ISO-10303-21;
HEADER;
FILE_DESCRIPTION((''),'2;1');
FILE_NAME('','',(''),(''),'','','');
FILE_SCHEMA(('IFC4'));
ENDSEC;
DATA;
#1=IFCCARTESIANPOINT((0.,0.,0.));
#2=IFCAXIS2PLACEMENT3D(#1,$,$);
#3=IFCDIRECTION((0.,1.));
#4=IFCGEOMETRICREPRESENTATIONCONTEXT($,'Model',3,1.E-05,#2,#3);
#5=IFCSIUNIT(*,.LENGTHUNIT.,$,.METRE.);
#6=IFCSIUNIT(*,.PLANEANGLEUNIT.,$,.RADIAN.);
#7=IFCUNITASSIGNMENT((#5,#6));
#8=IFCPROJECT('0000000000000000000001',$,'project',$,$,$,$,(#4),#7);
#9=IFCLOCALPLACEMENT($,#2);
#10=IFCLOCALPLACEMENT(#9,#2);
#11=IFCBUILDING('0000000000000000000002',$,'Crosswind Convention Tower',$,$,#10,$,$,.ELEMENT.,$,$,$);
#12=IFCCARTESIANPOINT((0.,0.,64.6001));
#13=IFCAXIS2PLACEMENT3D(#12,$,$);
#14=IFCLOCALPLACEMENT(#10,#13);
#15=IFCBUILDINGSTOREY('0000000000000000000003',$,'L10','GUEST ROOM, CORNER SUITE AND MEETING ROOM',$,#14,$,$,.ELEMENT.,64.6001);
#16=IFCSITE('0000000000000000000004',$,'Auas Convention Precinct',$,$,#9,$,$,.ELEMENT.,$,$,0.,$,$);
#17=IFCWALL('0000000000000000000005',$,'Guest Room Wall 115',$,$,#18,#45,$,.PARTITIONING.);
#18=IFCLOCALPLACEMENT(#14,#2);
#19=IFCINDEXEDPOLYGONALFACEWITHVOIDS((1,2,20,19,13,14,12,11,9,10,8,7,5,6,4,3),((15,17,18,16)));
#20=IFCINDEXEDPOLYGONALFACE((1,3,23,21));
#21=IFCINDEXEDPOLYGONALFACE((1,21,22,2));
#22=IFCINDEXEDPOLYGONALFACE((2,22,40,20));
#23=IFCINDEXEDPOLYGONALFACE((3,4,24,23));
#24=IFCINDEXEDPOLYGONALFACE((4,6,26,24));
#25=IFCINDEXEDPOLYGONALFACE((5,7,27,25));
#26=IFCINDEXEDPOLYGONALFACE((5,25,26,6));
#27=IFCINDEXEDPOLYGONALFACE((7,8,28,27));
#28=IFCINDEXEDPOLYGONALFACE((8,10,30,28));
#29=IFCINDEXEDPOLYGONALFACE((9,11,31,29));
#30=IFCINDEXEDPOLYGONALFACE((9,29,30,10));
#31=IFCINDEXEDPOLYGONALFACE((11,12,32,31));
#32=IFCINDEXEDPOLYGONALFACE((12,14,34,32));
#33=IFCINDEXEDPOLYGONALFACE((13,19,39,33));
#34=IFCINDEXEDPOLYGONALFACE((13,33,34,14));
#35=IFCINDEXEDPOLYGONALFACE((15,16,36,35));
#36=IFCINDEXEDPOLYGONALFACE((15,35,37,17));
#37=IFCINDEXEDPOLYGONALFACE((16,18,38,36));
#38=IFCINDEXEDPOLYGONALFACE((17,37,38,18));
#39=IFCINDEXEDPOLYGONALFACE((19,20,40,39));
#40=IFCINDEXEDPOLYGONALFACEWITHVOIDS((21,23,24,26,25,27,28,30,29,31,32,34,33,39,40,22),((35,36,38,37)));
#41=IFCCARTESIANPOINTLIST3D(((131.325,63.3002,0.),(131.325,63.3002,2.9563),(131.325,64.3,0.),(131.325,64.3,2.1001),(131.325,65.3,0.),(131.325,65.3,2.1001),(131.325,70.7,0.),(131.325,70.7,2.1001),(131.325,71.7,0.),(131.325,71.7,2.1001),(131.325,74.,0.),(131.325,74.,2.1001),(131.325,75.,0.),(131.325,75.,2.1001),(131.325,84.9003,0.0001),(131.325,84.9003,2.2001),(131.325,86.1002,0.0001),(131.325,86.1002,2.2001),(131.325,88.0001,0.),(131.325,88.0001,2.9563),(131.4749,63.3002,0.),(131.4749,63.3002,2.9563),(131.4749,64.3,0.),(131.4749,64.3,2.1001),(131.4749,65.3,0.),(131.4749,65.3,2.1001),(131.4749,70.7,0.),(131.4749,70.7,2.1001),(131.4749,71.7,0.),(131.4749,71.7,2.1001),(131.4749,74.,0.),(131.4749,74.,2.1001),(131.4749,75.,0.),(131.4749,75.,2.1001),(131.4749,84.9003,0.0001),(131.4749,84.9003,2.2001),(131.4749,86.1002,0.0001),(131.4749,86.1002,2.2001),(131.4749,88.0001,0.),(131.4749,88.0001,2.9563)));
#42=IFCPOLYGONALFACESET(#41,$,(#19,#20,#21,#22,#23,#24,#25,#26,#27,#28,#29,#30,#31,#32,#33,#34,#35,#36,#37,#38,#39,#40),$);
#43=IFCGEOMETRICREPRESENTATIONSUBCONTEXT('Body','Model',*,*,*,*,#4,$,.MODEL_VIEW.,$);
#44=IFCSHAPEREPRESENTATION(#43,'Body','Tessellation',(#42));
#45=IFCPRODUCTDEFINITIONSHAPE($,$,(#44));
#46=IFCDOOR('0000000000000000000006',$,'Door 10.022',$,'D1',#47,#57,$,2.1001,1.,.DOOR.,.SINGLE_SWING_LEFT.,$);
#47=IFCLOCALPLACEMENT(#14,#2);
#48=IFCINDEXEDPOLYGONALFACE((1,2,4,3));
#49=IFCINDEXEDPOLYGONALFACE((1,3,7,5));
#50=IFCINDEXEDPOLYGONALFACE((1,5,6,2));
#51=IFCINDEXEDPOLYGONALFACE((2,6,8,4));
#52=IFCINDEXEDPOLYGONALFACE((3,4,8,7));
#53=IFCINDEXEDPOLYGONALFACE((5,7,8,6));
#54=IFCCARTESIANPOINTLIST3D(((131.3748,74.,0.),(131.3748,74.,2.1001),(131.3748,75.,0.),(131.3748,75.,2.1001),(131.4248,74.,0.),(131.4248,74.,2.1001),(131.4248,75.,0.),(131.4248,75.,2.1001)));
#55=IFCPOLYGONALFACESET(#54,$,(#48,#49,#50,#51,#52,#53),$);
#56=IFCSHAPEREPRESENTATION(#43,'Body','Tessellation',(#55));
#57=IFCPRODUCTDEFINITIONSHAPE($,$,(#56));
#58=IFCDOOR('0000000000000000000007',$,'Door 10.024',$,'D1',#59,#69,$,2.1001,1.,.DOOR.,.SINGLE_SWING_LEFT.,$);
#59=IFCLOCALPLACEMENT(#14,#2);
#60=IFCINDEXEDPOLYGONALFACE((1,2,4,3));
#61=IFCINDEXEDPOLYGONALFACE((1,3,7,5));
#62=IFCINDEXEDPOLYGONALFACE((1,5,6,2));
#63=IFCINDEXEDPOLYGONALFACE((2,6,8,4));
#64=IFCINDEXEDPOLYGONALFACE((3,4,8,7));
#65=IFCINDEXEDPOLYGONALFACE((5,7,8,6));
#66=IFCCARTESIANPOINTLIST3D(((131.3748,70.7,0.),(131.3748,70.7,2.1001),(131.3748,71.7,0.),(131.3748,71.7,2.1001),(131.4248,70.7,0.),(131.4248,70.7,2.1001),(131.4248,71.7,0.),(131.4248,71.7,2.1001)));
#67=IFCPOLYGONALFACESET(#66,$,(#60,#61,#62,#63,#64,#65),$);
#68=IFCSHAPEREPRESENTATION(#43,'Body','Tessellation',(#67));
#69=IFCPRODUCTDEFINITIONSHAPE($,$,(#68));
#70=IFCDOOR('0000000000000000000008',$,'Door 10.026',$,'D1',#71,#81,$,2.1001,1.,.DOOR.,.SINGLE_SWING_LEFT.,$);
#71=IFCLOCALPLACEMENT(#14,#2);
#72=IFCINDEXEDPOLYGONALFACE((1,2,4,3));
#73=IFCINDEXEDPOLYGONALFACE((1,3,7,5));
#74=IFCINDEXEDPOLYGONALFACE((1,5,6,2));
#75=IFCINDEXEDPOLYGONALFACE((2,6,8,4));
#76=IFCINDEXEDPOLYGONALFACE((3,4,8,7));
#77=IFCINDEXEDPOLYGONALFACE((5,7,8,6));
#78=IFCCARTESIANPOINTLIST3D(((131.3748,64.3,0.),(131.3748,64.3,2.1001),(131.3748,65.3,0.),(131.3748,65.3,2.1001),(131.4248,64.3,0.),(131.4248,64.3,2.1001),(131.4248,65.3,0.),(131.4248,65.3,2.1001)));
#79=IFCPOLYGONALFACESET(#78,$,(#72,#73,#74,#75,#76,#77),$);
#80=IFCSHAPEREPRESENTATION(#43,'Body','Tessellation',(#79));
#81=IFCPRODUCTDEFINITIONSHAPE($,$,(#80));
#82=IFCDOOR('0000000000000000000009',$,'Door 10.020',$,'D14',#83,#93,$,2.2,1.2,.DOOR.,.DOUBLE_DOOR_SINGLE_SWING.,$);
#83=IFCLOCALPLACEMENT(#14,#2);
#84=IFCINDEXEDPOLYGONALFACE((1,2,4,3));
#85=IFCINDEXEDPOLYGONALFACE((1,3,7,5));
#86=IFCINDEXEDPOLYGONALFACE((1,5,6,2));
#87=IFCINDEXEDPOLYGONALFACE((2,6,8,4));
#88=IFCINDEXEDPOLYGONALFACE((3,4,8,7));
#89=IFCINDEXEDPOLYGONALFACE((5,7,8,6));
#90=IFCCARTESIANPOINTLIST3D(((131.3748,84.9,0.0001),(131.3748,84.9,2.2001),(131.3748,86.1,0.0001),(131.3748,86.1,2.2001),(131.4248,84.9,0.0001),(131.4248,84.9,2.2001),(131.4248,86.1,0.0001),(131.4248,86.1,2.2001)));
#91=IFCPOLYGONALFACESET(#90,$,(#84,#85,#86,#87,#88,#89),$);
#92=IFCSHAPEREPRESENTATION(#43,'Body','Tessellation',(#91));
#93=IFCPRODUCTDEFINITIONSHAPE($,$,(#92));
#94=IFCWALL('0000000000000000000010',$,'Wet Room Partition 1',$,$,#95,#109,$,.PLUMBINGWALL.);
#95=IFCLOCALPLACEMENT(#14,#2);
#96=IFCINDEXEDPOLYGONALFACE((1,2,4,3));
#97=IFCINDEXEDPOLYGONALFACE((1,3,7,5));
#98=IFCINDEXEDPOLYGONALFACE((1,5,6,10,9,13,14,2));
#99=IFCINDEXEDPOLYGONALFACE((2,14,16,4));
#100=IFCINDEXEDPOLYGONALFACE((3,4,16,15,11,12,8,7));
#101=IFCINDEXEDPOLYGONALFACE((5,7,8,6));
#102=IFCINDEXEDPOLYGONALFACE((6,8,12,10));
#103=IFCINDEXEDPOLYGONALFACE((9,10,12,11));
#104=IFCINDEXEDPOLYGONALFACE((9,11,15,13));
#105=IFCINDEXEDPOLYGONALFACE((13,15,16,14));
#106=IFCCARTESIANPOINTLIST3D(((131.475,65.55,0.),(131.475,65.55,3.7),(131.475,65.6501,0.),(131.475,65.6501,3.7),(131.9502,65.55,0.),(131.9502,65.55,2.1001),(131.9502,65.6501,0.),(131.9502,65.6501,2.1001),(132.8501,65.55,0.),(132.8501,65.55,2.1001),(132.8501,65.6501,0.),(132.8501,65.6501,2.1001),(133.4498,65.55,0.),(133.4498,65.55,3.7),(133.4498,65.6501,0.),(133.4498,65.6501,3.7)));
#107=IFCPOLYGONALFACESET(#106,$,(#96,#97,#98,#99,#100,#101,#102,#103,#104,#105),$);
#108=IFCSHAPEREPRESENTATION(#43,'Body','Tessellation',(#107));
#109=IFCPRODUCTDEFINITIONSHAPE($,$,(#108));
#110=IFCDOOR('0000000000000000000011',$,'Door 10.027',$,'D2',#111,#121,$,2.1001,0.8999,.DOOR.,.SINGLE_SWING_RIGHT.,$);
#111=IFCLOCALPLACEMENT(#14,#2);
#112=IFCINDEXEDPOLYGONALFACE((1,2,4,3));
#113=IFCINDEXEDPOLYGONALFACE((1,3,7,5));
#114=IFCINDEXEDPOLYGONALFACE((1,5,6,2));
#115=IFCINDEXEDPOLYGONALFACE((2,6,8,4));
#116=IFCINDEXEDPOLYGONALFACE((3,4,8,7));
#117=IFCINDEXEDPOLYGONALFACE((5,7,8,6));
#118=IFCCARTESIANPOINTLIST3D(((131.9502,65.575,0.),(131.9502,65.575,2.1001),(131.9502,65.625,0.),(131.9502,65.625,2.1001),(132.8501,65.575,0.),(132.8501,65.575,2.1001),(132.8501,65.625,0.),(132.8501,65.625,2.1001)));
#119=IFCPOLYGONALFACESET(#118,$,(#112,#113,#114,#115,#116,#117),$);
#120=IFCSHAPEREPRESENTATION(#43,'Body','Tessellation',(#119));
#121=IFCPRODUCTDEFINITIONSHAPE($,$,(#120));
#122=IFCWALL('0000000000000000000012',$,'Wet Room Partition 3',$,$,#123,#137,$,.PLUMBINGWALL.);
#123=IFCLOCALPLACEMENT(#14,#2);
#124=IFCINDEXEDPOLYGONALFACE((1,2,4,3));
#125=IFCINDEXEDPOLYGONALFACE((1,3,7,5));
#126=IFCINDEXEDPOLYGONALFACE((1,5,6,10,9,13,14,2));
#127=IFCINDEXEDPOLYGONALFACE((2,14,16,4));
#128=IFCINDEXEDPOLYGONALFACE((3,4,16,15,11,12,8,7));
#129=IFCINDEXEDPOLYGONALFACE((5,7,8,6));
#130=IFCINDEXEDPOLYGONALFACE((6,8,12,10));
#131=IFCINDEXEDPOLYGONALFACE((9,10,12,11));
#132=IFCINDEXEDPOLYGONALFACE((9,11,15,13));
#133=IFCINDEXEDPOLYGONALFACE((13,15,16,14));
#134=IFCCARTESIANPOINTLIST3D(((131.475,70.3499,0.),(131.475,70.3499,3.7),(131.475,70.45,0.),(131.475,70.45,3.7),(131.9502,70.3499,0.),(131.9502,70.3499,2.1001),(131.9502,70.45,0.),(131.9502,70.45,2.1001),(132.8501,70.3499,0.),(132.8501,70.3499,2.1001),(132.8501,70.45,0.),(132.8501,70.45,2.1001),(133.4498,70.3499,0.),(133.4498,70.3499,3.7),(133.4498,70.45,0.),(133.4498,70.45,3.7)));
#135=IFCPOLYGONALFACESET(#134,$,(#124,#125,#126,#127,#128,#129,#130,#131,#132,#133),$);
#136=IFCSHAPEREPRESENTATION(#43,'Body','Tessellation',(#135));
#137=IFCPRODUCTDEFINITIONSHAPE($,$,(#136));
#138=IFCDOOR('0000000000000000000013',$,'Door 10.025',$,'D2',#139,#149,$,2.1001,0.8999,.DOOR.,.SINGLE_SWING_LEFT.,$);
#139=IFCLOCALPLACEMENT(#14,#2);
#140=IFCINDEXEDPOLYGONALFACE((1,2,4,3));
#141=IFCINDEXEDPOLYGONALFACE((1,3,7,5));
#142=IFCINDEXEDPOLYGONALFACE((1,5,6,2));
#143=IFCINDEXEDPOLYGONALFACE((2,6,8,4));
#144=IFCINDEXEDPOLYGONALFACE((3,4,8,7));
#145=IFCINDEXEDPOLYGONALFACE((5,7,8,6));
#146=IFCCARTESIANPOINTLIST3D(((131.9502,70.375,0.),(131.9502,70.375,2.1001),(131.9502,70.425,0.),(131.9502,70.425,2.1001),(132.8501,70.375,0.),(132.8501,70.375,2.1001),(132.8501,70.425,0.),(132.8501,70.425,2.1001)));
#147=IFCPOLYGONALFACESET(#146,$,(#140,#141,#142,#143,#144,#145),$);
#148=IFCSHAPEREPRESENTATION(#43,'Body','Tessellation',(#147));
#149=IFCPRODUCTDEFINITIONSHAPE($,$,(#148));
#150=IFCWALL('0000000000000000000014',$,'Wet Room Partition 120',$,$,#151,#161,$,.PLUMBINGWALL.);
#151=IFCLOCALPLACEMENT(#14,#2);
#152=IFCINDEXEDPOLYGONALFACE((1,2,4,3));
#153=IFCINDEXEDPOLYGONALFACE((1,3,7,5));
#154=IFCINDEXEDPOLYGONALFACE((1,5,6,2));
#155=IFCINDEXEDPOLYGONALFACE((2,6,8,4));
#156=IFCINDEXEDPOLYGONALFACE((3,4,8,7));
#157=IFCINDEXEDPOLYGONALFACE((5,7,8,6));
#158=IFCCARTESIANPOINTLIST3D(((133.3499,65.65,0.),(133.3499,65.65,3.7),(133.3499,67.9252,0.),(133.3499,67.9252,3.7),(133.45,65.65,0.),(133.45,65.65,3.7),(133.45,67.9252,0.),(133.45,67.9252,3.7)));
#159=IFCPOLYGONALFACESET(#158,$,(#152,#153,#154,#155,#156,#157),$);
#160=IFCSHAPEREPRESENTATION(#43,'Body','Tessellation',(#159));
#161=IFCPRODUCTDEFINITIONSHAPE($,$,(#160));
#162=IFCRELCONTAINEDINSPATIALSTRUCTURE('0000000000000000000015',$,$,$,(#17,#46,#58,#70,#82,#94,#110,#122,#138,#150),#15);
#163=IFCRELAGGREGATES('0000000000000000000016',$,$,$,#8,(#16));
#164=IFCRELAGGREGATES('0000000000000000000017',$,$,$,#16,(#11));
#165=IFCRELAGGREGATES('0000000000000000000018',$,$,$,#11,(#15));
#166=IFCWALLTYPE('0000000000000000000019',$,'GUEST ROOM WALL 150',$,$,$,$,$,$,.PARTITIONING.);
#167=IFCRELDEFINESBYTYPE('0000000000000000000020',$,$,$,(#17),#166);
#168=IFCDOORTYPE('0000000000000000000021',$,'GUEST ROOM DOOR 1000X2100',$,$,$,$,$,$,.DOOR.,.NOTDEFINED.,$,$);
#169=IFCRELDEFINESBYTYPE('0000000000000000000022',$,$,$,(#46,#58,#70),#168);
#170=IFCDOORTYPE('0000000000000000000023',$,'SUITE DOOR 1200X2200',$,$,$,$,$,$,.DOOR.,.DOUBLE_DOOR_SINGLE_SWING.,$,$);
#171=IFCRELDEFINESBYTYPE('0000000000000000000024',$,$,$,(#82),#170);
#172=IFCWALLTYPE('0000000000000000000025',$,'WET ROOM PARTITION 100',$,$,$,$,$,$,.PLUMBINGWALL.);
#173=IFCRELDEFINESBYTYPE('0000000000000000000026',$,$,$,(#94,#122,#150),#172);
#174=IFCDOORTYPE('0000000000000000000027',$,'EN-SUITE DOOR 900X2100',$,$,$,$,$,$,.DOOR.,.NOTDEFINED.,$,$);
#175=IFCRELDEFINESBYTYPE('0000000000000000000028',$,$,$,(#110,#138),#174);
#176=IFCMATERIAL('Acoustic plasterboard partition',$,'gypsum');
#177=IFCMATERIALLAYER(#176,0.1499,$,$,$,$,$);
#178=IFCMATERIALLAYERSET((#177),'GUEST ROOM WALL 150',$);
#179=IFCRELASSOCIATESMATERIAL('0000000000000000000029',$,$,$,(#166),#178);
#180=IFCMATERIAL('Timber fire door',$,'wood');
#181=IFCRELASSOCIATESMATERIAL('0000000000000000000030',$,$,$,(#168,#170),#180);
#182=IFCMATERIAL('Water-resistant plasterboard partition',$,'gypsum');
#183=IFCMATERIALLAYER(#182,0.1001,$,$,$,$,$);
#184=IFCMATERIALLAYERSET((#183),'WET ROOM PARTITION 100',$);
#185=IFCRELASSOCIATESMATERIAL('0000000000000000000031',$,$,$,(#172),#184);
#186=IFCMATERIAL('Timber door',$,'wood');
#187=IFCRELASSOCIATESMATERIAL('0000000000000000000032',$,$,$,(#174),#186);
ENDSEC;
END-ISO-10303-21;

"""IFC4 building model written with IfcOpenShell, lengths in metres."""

from ifc_helpers import new_model, si_unit, direction, frame, frame_2d, origin, place, context, subcontext, project, spatial, rectangle, extrude, material, layer, layer_set, type_object, element, fill, save


model = new_model("IFC4")

# Units and contexts
model_context = context("Model", 3, precision=1e-05, world=origin(), true_north=direction((0.0, 1.0)))
body_context = subcontext(model_context, "Body", "Model", "MODEL_VIEW")
ifc_project = project(units=[si_unit("LENGTHUNIT", "METRE"), si_unit("PLANEANGLEUNIT", "RADIAN")], contexts=[model_context])

# Site, building, storey
site_placement = place(None, origin())
site = spatial("IfcSite", under=ifc_project, at=site_placement, Name="Auas Convention Precinct", CompositionType="ELEMENT", RefElevation=0.0)
building_placement = place(site_placement, origin())
building = spatial("IfcBuilding", under=site, at=building_placement, Name="Crosswind Convention Tower", CompositionType="ELEMENT")
storey_placement = place(building_placement, frame((0.0, 0.0, 64.6001)))
storey = spatial("IfcBuildingStorey", under=building, at=storey_placement, Name="L10", Description="GUEST ROOM, CORNER SUITE AND MEETING ROOM", CompositionType="ELEMENT", Elevation=64.6001)

# Shared definitions
ifc_material_1 = material(Name="Acoustic plasterboard partition", Category="gypsum")
ifc_layer_1 = layer(ifc_material_1, 0.1499)
ifc_layer_set_1 = layer_set([ifc_layer_1], Name="GUEST ROOM WALL 150")
wall_type_1 = type_object("IfcWallType", Name="GUEST ROOM WALL 150", PredefinedType="PARTITIONING", material=ifc_layer_set_1)

# Wall, openings, doors
wall_1_placement = place(storey_placement, frame((131.3999, 63.3, 0.0), z_axis=(0.0, 0.0, 1.0), x_axis=(0.0, 1.0, 0.0)))
wall_1 = element("IfcWall", 1, at=wall_1_placement, inside=storey, type_object=wall_type_1, Name="Guest Room Wall 115", PredefinedType="PARTITIONING", context=body_context, shape_type="SweptSolid", body=[
    extrude(rectangle(XDim=24.7, YDim=0.1499, at=frame_2d((12.3501, 0.0))), origin(), (0.0, 0.0, 1.0), 2.9563),
])
opening_1_placement = place(wall_1_placement, frame((21.6001, 0.0, 0.0)))
opening_1 = element("IfcOpeningElement", 2, at=opening_1_placement, cuts=wall_1, PredefinedType="OPENING", context=body_context, shape_type="SweptSolid", body=[
    extrude(rectangle(XDim=1.2, YDim=2.2, at=frame_2d((0.6001, 1.1001))), frame((0.0, 0.085, 0.0), z_axis=(0.0, -1.0, 0.0), x_axis=(1.0, 0.0, 0.0)), (0.0, 0.0, 1.0), 0.1699),
])
opening_2_placement = place(wall_1_placement, frame((10.7, 0.0, 0.0)))
opening_2 = element("IfcOpeningElement", 3, at=opening_2_placement, cuts=wall_1, PredefinedType="OPENING", context=body_context, shape_type="SweptSolid", body=[
    extrude(rectangle(XDim=1.0, YDim=2.1001, at=frame_2d((0.5, 1.05))), frame((0.0, 0.085, 0.0), z_axis=(0.0, -1.0, 0.0), x_axis=(1.0, 0.0, 0.0)), (0.0, 0.0, 1.0), 0.1699),
])
opening_3_placement = place(wall_1_placement, frame((7.3999, 0.0, 0.0)))
opening_3 = element("IfcOpeningElement", 4, at=opening_3_placement, cuts=wall_1, PredefinedType="OPENING", context=body_context, shape_type="SweptSolid", body=[
    extrude(rectangle(XDim=1.0, YDim=2.1001, at=frame_2d((0.5, 1.05))), frame((0.0, 0.085, 0.0), z_axis=(0.0, -1.0, 0.0), x_axis=(1.0, 0.0, 0.0)), (0.0, 0.0, 1.0), 0.1699),
])
opening_4_placement = place(wall_1_placement, frame((1.0, 0.0, 0.0)))
opening_4 = element("IfcOpeningElement", 5, at=opening_4_placement, cuts=wall_1, PredefinedType="OPENING", context=body_context, shape_type="SweptSolid", body=[
    extrude(rectangle(XDim=1.0, YDim=2.1001, at=frame_2d((0.5, 1.05))), frame((0.0, 0.085, 0.0), z_axis=(0.0, -1.0, 0.0), x_axis=(1.0, 0.0, 0.0)), (0.0, 0.0, 1.0), 0.1699),
])
ifc_material_2 = material(Name="Timber fire door", Category="wood")
door_type_1 = type_object("IfcDoorType", Name="GUEST ROOM DOOR 1000X2100", OperationType="NOTDEFINED", PredefinedType="DOOR", material=ifc_material_2)
door_1_placement = place(opening_2_placement, frame((1.0, 0.0, 0.0), z_axis=(0.0, 0.0, 1.0), x_axis=(-1.0, 0.0, 0.0)))
door_1 = element("IfcDoor", 6, at=door_1_placement, inside=storey, type_object=door_type_1, Name="Door 10.022", ObjectType="D1", OperationType="SINGLE_SWING_LEFT", OverallHeight=2.1001, OverallWidth=1.0, PredefinedType="DOOR", context=body_context, shape_type="SweptSolid", body=[
    extrude(rectangle(XDim=1.0, YDim=2.1001, at=frame_2d((0.5, 1.05))), frame((0.0, 0.0249, 0.0), z_axis=(0.0, -1.0, 0.0), x_axis=(1.0, 0.0, 0.0)), (0.0, 0.0, 1.0), 0.05),
])
fill(opening_2, door_1)
door_2_placement = place(opening_3_placement, frame((1.0, 0.0, 0.0), z_axis=(0.0, 0.0, 1.0), x_axis=(-1.0, 0.0, 0.0)))
door_2 = element("IfcDoor", 7, at=door_2_placement, inside=storey, type_object=door_type_1, Name="Door 10.024", ObjectType="D1", OperationType="SINGLE_SWING_LEFT", OverallHeight=2.1001, OverallWidth=1.0, PredefinedType="DOOR", context=body_context, shape_type="SweptSolid", body=[
    extrude(rectangle(XDim=1.0, YDim=2.1001, at=frame_2d((0.5, 1.05))), frame((0.0, 0.0249, 0.0), z_axis=(0.0, -1.0, 0.0), x_axis=(1.0, 0.0, 0.0)), (0.0, 0.0, 1.0), 0.05),
])
fill(opening_3, door_2)
door_3_placement = place(opening_4_placement, frame((1.0, 0.0, 0.0), z_axis=(0.0, 0.0, 1.0), x_axis=(-1.0, 0.0, 0.0)))
door_3 = element("IfcDoor", 8, at=door_3_placement, inside=storey, type_object=door_type_1, Name="Door 10.026", ObjectType="D1", OperationType="SINGLE_SWING_LEFT", OverallHeight=2.1001, OverallWidth=1.0, PredefinedType="DOOR", context=body_context, shape_type="SweptSolid", body=[
    extrude(rectangle(XDim=1.0, YDim=2.1001, at=frame_2d((0.5, 1.05))), frame((0.0, 0.0249, 0.0), z_axis=(0.0, -1.0, 0.0), x_axis=(1.0, 0.0, 0.0)), (0.0, 0.0, 1.0), 0.05),
])
fill(opening_4, door_3)
door_type_2 = type_object("IfcDoorType", Name="SUITE DOOR 1200X2200", OperationType="DOUBLE_DOOR_SINGLE_SWING", PredefinedType="DOOR", material=ifc_material_2)
door_4_placement = place(opening_1_placement, frame((1.2, 0.0, 0.0), z_axis=(0.0, 0.0, 1.0), x_axis=(-1.0, 0.0, 0.0)))
door_4 = element("IfcDoor", 9, at=door_4_placement, inside=storey, type_object=door_type_2, Name="Door 10.020", ObjectType="D14", OperationType="DOUBLE_DOOR_SINGLE_SWING", OverallHeight=2.2, OverallWidth=1.2, PredefinedType="DOOR", context=body_context, shape_type="SweptSolid", body=[
    extrude(rectangle(XDim=1.2, YDim=2.2, at=frame_2d((0.6001, 1.1001))), frame((0.0, 0.0249, 0.0), z_axis=(0.0, -1.0, 0.0), x_axis=(1.0, 0.0, 0.0)), (0.0, 0.0, 1.0), 0.05),
])
fill(opening_1, door_4)

# Walls, openings, doors
ifc_material_3 = material(Name="Water-resistant plasterboard partition", Category="gypsum")
ifc_layer_2 = layer(ifc_material_3, 0.1001)
ifc_layer_set_2 = layer_set([ifc_layer_2], Name="WET ROOM PARTITION 100")
wall_type_2 = type_object("IfcWallType", Name="WET ROOM PARTITION 100", PredefinedType="PLUMBINGWALL", material=ifc_layer_set_2)
wall_2_placement = place(storey_placement, frame((131.4751, 65.6001, 0.0), z_axis=(0.0, 0.0, 1.0), x_axis=(1.0, 0.0, 0.0)))
wall_2 = element("IfcWall", 10, at=wall_2_placement, inside=storey, type_object=wall_type_2, Name="Wet Room Partition 1", PredefinedType="PLUMBINGWALL", context=body_context, shape_type="SweptSolid", body=[
    extrude(rectangle(XDim=1.9749, YDim=0.1001, at=frame_2d((0.9873, 0.0))), origin(), (0.0, 0.0, 1.0), 3.7),
])
opening_5_placement = place(wall_2_placement, frame((0.4751, 0.0, 0.0)))
opening_5 = element("IfcOpeningElement", 11, at=opening_5_placement, cuts=wall_2, PredefinedType="OPENING", context=body_context, shape_type="SweptSolid", body=[
    extrude(rectangle(XDim=0.8999, YDim=2.1001, at=frame_2d((0.45, 1.05))), frame((0.0, 0.0601, 0.0), z_axis=(0.0, -1.0, 0.0), x_axis=(1.0, 0.0, 0.0)), (0.0, 0.0, 1.0), 0.1201),
])
ifc_material_4 = material(Name="Timber door", Category="wood")
door_type_3 = type_object("IfcDoorType", Name="EN-SUITE DOOR 900X2100", OperationType="NOTDEFINED", PredefinedType="DOOR", material=ifc_material_4)
door_5_placement = place(opening_5_placement, origin())
door_5 = element("IfcDoor", 12, at=door_5_placement, inside=storey, type_object=door_type_3, Name="Door 10.027", ObjectType="D2", OperationType="SINGLE_SWING_RIGHT", OverallHeight=2.1001, OverallWidth=0.8999, PredefinedType="DOOR", context=body_context, shape_type="SweptSolid", body=[
    extrude(rectangle(XDim=0.8999, YDim=2.1001, at=frame_2d((0.45, 1.05))), frame((0.0, 0.0249, 0.0), z_axis=(0.0, -1.0, 0.0), x_axis=(1.0, 0.0, 0.0)), (0.0, 0.0, 1.0), 0.05),
])
fill(opening_5, door_5)
wall_3_placement = place(storey_placement, frame((131.4751, 70.3999, 0.0), z_axis=(0.0, 0.0, 1.0), x_axis=(1.0, 0.0, 0.0)))
wall_3 = element("IfcWall", 13, at=wall_3_placement, inside=storey, type_object=wall_type_2, Name="Wet Room Partition 3", PredefinedType="PLUMBINGWALL", context=body_context, shape_type="SweptSolid", body=[
    extrude(rectangle(XDim=1.9749, YDim=0.1001, at=frame_2d((0.9873, 0.0))), origin(), (0.0, 0.0, 1.0), 3.7),
])
opening_6_placement = place(wall_3_placement, frame((0.4751, 0.0, 0.0)))
opening_6 = element("IfcOpeningElement", 14, at=opening_6_placement, cuts=wall_3, PredefinedType="OPENING", context=body_context, shape_type="SweptSolid", body=[
    extrude(rectangle(XDim=0.8999, YDim=2.1001, at=frame_2d((0.45, 1.05))), frame((0.0, 0.0601, 0.0), z_axis=(0.0, -1.0, 0.0), x_axis=(1.0, 0.0, 0.0)), (0.0, 0.0, 1.0), 0.1201),
])
door_6_placement = place(opening_6_placement, frame((0.8999, 0.0, 0.0), z_axis=(0.0, 0.0, 1.0), x_axis=(-1.0, 0.0, 0.0)))
door_6 = element("IfcDoor", 15, at=door_6_placement, inside=storey, type_object=door_type_3, Name="Door 10.025", ObjectType="D2", OperationType="SINGLE_SWING_LEFT", OverallHeight=2.1001, OverallWidth=0.8999, PredefinedType="DOOR", context=body_context, shape_type="SweptSolid", body=[
    extrude(rectangle(XDim=0.8999, YDim=2.1001, at=frame_2d((0.45, 1.05))), frame((0.0, 0.0249, 0.0), z_axis=(0.0, -1.0, 0.0), x_axis=(1.0, 0.0, 0.0)), (0.0, 0.0, 1.0), 0.05),
])
fill(opening_6, door_6)

# Wall
for number, where, z_axis, x_axis, name in (
    (16, (133.3999, 65.6499, 0.0), (0.0, 0.0, 1.0), (0.0, 1.0, 0.0), "Wet Room Partition 120"),
):
    element("IfcWall", number, at=place(storey_placement, frame(where, z_axis=z_axis, x_axis=x_axis)), inside=storey, type_object=wall_type_2, Name=name, PredefinedType="PLUMBINGWALL", context=body_context, shape_type="SweptSolid", body=[
        extrude(rectangle(XDim=2.2751, YDim=0.1001, at=frame_2d((1.1377, 0.0))), origin(), (0.0, 0.0, 1.0), 3.7),
    ])

save(model, "model.ifc")
